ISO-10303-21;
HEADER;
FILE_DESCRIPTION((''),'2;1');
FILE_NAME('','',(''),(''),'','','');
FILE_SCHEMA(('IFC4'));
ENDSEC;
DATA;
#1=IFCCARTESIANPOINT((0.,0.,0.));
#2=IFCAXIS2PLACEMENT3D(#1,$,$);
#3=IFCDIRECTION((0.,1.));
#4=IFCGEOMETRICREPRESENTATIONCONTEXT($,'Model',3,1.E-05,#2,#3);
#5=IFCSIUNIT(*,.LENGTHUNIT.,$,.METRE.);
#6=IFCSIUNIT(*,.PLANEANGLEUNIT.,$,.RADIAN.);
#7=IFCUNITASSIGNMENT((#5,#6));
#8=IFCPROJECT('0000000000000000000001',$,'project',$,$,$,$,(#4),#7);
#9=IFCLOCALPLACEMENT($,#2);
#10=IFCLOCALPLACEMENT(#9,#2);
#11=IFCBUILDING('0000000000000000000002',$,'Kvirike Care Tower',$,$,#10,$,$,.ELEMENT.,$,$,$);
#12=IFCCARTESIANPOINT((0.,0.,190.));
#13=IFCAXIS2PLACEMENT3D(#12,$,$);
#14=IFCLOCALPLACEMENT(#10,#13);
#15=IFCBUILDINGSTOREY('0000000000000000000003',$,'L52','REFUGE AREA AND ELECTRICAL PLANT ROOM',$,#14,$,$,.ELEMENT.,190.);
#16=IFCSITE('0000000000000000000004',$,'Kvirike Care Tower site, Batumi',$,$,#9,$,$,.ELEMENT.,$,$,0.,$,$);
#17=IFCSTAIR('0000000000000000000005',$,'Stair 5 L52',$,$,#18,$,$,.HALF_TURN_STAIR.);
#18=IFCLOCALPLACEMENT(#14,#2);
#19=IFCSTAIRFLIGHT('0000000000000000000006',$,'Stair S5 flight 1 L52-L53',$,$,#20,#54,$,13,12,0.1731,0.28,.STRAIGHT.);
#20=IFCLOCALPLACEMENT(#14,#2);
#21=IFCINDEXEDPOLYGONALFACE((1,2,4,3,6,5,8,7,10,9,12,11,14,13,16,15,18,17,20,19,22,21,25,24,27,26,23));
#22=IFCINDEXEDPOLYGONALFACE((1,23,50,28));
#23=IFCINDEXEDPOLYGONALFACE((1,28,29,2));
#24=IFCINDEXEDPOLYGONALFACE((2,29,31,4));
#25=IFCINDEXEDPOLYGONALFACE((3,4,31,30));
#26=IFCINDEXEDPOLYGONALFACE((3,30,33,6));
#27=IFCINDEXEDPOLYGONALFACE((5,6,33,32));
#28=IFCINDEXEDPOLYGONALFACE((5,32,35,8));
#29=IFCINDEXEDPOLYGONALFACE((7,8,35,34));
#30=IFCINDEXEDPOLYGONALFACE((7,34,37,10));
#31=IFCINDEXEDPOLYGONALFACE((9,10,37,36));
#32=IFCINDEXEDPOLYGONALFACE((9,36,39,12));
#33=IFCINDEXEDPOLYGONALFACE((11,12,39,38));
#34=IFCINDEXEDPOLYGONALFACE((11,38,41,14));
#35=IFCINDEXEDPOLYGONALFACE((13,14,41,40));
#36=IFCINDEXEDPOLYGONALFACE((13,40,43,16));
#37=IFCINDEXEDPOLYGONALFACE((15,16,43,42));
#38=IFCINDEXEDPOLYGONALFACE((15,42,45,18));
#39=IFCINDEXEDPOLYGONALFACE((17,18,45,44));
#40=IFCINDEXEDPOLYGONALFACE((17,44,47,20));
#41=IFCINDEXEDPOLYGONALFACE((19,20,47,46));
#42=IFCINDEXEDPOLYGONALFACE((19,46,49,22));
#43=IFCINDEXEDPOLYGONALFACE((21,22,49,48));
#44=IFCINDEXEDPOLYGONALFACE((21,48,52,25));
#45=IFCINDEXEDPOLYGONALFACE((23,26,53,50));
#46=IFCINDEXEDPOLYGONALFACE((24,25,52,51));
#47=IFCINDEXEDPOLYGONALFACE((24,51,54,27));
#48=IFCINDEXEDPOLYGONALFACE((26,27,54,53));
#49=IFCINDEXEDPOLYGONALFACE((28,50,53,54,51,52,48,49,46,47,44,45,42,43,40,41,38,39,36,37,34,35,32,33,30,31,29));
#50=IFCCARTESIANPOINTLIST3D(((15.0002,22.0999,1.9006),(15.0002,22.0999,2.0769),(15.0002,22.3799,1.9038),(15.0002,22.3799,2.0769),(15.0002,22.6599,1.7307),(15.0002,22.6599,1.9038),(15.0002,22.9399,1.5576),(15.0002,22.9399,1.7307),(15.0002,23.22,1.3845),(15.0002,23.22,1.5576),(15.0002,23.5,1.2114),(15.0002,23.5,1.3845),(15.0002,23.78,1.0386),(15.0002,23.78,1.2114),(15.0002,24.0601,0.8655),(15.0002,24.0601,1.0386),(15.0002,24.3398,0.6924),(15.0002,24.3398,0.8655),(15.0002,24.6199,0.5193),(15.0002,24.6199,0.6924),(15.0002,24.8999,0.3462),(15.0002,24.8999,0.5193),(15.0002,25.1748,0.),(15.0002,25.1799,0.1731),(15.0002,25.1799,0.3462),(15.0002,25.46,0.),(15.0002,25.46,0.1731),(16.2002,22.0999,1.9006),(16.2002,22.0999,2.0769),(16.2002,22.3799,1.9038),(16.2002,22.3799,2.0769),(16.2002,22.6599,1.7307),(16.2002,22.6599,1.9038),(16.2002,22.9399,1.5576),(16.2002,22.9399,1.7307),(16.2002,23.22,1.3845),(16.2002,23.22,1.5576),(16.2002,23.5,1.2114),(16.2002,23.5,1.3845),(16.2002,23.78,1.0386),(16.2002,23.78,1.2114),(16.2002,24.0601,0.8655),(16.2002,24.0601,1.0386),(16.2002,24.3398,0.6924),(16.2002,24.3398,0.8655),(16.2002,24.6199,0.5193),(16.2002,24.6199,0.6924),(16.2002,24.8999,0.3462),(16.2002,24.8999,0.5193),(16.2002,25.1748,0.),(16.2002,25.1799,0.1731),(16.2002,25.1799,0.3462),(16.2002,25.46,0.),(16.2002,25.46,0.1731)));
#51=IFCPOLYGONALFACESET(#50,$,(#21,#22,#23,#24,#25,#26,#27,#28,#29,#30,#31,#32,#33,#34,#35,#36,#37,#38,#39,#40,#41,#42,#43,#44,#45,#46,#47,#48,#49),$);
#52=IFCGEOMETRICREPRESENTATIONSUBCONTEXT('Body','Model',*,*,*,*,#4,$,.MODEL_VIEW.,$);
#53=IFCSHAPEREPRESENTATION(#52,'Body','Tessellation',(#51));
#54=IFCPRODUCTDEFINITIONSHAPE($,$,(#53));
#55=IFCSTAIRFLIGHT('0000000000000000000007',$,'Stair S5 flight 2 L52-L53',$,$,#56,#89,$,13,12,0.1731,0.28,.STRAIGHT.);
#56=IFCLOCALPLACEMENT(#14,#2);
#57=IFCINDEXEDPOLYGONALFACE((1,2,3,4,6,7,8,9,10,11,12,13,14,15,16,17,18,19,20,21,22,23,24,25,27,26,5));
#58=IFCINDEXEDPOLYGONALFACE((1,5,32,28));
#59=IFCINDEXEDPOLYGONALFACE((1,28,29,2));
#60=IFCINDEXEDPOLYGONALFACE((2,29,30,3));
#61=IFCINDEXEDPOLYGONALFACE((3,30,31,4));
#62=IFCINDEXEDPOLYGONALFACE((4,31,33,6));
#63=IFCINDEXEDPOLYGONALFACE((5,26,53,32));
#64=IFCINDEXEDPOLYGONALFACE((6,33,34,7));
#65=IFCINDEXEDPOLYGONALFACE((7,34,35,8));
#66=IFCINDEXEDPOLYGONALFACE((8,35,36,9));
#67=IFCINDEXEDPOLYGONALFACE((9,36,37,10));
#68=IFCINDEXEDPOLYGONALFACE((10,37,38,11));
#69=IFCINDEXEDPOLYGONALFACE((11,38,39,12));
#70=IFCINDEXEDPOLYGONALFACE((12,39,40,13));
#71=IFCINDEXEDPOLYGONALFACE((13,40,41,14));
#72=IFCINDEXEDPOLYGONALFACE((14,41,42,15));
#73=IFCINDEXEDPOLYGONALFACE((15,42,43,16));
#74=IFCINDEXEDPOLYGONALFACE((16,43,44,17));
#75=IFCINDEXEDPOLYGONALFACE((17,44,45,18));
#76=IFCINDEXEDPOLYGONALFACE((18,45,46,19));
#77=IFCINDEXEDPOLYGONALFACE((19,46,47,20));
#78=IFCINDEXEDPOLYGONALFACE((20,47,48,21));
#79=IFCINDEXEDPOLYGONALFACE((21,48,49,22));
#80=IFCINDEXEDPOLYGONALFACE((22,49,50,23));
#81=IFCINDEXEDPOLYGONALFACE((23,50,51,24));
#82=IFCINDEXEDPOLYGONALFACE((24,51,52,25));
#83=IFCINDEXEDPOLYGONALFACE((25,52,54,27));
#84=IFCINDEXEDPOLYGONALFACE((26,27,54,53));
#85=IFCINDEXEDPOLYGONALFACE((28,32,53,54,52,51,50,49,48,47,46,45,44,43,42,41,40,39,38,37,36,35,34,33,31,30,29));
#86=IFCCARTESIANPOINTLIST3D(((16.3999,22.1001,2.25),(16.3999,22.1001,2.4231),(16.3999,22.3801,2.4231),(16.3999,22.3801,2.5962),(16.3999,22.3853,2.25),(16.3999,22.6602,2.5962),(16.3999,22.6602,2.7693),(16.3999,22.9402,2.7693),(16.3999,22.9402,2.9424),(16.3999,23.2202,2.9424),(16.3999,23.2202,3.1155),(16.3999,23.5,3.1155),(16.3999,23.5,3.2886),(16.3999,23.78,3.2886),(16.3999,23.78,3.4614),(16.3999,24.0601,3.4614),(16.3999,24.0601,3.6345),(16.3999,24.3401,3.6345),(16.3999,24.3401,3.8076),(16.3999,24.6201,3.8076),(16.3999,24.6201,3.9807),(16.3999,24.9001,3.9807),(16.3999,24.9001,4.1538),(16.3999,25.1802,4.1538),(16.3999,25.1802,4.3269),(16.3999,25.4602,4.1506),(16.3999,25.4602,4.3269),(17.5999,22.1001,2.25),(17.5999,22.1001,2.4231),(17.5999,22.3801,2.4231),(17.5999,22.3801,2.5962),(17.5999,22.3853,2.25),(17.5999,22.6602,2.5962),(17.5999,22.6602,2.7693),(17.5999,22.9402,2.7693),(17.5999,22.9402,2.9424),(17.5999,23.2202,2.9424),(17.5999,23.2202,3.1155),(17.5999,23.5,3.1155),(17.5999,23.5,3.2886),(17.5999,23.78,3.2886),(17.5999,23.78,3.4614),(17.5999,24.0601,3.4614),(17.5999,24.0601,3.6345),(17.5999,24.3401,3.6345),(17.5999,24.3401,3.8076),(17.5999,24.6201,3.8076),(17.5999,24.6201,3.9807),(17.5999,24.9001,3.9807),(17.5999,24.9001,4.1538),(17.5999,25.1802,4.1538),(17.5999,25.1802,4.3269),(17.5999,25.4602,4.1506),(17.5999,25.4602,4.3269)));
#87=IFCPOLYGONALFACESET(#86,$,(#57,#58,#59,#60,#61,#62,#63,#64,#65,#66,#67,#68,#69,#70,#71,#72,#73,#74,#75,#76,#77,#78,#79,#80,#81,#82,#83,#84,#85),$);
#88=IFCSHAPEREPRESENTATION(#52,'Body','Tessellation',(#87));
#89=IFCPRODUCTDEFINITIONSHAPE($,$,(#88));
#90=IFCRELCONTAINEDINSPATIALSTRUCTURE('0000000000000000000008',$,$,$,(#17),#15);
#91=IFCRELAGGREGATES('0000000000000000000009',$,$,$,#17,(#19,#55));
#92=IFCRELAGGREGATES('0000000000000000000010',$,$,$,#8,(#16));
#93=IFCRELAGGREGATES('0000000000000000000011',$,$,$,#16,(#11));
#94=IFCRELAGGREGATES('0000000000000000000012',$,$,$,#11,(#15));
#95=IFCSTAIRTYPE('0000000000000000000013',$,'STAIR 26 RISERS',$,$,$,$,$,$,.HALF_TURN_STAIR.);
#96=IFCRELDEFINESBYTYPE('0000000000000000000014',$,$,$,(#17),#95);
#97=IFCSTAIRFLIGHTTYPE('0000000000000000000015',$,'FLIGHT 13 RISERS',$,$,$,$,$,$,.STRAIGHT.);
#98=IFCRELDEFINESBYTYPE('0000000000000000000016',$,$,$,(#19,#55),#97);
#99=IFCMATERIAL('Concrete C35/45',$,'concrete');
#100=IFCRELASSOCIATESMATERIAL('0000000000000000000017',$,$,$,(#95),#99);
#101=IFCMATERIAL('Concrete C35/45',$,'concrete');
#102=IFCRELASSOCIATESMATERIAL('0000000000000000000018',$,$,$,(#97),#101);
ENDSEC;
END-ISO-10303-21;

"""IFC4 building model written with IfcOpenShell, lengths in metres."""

from ifc_helpers import new_model, si_unit, direction, frame, origin, place, context, subcontext, project, spatial, polyline, outline, extrude, material, type_object, element, aggregate, save


model = new_model("IFC4")

# Units and contexts
model_context = context("Model", 3, precision=1e-05, world=origin(), true_north=direction((0.0, 1.0)))
body_context = subcontext(model_context, "Body", "Model", "MODEL_VIEW")
ifc_project = project(units=[si_unit("LENGTHUNIT", "METRE"), si_unit("PLANEANGLEUNIT", "RADIAN")], contexts=[model_context])

# Site, building, storey
site_placement = place(None, origin())
site = spatial("IfcSite", under=ifc_project, at=site_placement, Name="Kvirike Care Tower site, Batumi", CompositionType="ELEMENT", RefElevation=0.0)
building_placement = place(site_placement, origin())
building = spatial("IfcBuilding", under=site, at=building_placement, Name="Kvirike Care Tower", CompositionType="ELEMENT")
storey_placement = place(building_placement, frame((0.0, 0.0, 190.0)))
storey = spatial("IfcBuildingStorey", under=building, at=storey_placement, Name="L52", Description="REFUGE AREA AND ELECTRICAL PLANT ROOM", CompositionType="ELEMENT", Elevation=190.0)

# Stair, stair flights
ifc_material_1 = material(Name="Concrete C35/45", Category="concrete")
stair_type = type_object("IfcStairType", Name="STAIR 26 RISERS", PredefinedType="HALF_TURN_STAIR", material=ifc_material_1)
stair_placement = place(storey_placement, origin())
stair = element("IfcStair", 1, at=stair_placement, inside=storey, type_object=stair_type, Name="Stair 5 L52", PredefinedType="HALF_TURN_STAIR")
ifc_material_2 = material(Name="Concrete C35/45", Category="concrete")
stair_flight_type = type_object("IfcStairFlightType", Name="FLIGHT 13 RISERS", PredefinedType="STRAIGHT", material=ifc_material_2)
stair_flight_1_placement = place(storey_placement, frame((15.6001, 25.46, 0.0), z_axis=(0.0, 0.0, 1.0), x_axis=(0.0, -1.0, 0.0)))
stair_flight_1 = element("IfcStairFlight", 2, at=stair_flight_1_placement, type_object=stair_flight_type, Name="Stair S5 flight 1 L52-L53", NumberOfRisers=13, NumberOfTreads=12, PredefinedType="STRAIGHT", RiserHeight=0.1731, TreadLength=0.28, context=body_context, shape_type="SweptSolid", body=[
    extrude(outline(polyline([(0.0, 0.0), (0.0, 0.1731), (0.28, 0.1731), (0.28, 0.3462), (0.5601, 0.3462), (0.5601, 0.5193), (0.8401, 0.5193), (0.8401, 0.6924), (1.1201, 0.6924), (1.1201, 0.8655), (1.3999, 0.8655), (1.3999, 1.0386), (1.6799, 1.0386), (1.6799, 1.2114), (1.96, 1.2114), (1.96, 1.3845), (2.24, 1.3845), (2.24, 1.5576), (2.52, 1.5576), (2.52, 1.7307), (2.8, 1.7307), (2.8, 1.9038), (3.0801, 1.9038), (3.0801, 2.0769), (3.3601, 2.0769), (3.3601, 2.25), (3.3601, 1.9006), (0.2852, 0.0), (0.0, 0.0)])), frame((0.0, 0.6001, 0.0), z_axis=(0.0, -1.0, 0.0), x_axis=(1.0, 0.0, 0.0)), (0.0, 0.0, 1.0), 1.2),
])
stair_flight_2_placement = place(storey_placement, frame((17.0, 22.1001, 2.25), z_axis=(0.0, 0.0, 1.0), x_axis=(0.0, 1.0, 0.0)))
stair_flight_2 = element("IfcStairFlight", 3, at=stair_flight_2_placement, type_object=stair_flight_type, Name="Stair S5 flight 2 L52-L53", NumberOfRisers=13, NumberOfTreads=12, PredefinedType="STRAIGHT", RiserHeight=0.1731, TreadLength=0.28, context=body_context, shape_type="SweptSolid", body=[
    extrude(outline(polyline([(0.0, 0.0), (0.0, 0.1731), (0.28, 0.1731), (0.28, 0.3462), (0.5601, 0.3462), (0.5601, 0.5193), (0.8401, 0.5193), (0.8401, 0.6924), (1.1201, 0.6924), (1.1201, 0.8655), (1.3999, 0.8655), (1.3999, 1.0386), (1.6799, 1.0386), (1.6799, 1.2114), (1.96, 1.2114), (1.96, 1.3845), (2.24, 1.3845), (2.24, 1.5576), (2.52, 1.5576), (2.52, 1.7307), (2.8, 1.7307), (2.8, 1.9038), (3.0801, 1.9038), (3.0801, 2.0769), (3.3601, 2.0769), (3.3601, 2.25), (3.3601, 1.9006), (0.2852, 0.0), (0.0, 0.0)])), frame((0.0, 0.6001, 0.0), z_axis=(0.0, -1.0, 0.0), x_axis=(1.0, 0.0, 0.0)), (0.0, 0.0, 1.0), 1.2),
])
aggregate(stair, [stair_flight_1, stair_flight_2])

save(model, "model.ifc")
